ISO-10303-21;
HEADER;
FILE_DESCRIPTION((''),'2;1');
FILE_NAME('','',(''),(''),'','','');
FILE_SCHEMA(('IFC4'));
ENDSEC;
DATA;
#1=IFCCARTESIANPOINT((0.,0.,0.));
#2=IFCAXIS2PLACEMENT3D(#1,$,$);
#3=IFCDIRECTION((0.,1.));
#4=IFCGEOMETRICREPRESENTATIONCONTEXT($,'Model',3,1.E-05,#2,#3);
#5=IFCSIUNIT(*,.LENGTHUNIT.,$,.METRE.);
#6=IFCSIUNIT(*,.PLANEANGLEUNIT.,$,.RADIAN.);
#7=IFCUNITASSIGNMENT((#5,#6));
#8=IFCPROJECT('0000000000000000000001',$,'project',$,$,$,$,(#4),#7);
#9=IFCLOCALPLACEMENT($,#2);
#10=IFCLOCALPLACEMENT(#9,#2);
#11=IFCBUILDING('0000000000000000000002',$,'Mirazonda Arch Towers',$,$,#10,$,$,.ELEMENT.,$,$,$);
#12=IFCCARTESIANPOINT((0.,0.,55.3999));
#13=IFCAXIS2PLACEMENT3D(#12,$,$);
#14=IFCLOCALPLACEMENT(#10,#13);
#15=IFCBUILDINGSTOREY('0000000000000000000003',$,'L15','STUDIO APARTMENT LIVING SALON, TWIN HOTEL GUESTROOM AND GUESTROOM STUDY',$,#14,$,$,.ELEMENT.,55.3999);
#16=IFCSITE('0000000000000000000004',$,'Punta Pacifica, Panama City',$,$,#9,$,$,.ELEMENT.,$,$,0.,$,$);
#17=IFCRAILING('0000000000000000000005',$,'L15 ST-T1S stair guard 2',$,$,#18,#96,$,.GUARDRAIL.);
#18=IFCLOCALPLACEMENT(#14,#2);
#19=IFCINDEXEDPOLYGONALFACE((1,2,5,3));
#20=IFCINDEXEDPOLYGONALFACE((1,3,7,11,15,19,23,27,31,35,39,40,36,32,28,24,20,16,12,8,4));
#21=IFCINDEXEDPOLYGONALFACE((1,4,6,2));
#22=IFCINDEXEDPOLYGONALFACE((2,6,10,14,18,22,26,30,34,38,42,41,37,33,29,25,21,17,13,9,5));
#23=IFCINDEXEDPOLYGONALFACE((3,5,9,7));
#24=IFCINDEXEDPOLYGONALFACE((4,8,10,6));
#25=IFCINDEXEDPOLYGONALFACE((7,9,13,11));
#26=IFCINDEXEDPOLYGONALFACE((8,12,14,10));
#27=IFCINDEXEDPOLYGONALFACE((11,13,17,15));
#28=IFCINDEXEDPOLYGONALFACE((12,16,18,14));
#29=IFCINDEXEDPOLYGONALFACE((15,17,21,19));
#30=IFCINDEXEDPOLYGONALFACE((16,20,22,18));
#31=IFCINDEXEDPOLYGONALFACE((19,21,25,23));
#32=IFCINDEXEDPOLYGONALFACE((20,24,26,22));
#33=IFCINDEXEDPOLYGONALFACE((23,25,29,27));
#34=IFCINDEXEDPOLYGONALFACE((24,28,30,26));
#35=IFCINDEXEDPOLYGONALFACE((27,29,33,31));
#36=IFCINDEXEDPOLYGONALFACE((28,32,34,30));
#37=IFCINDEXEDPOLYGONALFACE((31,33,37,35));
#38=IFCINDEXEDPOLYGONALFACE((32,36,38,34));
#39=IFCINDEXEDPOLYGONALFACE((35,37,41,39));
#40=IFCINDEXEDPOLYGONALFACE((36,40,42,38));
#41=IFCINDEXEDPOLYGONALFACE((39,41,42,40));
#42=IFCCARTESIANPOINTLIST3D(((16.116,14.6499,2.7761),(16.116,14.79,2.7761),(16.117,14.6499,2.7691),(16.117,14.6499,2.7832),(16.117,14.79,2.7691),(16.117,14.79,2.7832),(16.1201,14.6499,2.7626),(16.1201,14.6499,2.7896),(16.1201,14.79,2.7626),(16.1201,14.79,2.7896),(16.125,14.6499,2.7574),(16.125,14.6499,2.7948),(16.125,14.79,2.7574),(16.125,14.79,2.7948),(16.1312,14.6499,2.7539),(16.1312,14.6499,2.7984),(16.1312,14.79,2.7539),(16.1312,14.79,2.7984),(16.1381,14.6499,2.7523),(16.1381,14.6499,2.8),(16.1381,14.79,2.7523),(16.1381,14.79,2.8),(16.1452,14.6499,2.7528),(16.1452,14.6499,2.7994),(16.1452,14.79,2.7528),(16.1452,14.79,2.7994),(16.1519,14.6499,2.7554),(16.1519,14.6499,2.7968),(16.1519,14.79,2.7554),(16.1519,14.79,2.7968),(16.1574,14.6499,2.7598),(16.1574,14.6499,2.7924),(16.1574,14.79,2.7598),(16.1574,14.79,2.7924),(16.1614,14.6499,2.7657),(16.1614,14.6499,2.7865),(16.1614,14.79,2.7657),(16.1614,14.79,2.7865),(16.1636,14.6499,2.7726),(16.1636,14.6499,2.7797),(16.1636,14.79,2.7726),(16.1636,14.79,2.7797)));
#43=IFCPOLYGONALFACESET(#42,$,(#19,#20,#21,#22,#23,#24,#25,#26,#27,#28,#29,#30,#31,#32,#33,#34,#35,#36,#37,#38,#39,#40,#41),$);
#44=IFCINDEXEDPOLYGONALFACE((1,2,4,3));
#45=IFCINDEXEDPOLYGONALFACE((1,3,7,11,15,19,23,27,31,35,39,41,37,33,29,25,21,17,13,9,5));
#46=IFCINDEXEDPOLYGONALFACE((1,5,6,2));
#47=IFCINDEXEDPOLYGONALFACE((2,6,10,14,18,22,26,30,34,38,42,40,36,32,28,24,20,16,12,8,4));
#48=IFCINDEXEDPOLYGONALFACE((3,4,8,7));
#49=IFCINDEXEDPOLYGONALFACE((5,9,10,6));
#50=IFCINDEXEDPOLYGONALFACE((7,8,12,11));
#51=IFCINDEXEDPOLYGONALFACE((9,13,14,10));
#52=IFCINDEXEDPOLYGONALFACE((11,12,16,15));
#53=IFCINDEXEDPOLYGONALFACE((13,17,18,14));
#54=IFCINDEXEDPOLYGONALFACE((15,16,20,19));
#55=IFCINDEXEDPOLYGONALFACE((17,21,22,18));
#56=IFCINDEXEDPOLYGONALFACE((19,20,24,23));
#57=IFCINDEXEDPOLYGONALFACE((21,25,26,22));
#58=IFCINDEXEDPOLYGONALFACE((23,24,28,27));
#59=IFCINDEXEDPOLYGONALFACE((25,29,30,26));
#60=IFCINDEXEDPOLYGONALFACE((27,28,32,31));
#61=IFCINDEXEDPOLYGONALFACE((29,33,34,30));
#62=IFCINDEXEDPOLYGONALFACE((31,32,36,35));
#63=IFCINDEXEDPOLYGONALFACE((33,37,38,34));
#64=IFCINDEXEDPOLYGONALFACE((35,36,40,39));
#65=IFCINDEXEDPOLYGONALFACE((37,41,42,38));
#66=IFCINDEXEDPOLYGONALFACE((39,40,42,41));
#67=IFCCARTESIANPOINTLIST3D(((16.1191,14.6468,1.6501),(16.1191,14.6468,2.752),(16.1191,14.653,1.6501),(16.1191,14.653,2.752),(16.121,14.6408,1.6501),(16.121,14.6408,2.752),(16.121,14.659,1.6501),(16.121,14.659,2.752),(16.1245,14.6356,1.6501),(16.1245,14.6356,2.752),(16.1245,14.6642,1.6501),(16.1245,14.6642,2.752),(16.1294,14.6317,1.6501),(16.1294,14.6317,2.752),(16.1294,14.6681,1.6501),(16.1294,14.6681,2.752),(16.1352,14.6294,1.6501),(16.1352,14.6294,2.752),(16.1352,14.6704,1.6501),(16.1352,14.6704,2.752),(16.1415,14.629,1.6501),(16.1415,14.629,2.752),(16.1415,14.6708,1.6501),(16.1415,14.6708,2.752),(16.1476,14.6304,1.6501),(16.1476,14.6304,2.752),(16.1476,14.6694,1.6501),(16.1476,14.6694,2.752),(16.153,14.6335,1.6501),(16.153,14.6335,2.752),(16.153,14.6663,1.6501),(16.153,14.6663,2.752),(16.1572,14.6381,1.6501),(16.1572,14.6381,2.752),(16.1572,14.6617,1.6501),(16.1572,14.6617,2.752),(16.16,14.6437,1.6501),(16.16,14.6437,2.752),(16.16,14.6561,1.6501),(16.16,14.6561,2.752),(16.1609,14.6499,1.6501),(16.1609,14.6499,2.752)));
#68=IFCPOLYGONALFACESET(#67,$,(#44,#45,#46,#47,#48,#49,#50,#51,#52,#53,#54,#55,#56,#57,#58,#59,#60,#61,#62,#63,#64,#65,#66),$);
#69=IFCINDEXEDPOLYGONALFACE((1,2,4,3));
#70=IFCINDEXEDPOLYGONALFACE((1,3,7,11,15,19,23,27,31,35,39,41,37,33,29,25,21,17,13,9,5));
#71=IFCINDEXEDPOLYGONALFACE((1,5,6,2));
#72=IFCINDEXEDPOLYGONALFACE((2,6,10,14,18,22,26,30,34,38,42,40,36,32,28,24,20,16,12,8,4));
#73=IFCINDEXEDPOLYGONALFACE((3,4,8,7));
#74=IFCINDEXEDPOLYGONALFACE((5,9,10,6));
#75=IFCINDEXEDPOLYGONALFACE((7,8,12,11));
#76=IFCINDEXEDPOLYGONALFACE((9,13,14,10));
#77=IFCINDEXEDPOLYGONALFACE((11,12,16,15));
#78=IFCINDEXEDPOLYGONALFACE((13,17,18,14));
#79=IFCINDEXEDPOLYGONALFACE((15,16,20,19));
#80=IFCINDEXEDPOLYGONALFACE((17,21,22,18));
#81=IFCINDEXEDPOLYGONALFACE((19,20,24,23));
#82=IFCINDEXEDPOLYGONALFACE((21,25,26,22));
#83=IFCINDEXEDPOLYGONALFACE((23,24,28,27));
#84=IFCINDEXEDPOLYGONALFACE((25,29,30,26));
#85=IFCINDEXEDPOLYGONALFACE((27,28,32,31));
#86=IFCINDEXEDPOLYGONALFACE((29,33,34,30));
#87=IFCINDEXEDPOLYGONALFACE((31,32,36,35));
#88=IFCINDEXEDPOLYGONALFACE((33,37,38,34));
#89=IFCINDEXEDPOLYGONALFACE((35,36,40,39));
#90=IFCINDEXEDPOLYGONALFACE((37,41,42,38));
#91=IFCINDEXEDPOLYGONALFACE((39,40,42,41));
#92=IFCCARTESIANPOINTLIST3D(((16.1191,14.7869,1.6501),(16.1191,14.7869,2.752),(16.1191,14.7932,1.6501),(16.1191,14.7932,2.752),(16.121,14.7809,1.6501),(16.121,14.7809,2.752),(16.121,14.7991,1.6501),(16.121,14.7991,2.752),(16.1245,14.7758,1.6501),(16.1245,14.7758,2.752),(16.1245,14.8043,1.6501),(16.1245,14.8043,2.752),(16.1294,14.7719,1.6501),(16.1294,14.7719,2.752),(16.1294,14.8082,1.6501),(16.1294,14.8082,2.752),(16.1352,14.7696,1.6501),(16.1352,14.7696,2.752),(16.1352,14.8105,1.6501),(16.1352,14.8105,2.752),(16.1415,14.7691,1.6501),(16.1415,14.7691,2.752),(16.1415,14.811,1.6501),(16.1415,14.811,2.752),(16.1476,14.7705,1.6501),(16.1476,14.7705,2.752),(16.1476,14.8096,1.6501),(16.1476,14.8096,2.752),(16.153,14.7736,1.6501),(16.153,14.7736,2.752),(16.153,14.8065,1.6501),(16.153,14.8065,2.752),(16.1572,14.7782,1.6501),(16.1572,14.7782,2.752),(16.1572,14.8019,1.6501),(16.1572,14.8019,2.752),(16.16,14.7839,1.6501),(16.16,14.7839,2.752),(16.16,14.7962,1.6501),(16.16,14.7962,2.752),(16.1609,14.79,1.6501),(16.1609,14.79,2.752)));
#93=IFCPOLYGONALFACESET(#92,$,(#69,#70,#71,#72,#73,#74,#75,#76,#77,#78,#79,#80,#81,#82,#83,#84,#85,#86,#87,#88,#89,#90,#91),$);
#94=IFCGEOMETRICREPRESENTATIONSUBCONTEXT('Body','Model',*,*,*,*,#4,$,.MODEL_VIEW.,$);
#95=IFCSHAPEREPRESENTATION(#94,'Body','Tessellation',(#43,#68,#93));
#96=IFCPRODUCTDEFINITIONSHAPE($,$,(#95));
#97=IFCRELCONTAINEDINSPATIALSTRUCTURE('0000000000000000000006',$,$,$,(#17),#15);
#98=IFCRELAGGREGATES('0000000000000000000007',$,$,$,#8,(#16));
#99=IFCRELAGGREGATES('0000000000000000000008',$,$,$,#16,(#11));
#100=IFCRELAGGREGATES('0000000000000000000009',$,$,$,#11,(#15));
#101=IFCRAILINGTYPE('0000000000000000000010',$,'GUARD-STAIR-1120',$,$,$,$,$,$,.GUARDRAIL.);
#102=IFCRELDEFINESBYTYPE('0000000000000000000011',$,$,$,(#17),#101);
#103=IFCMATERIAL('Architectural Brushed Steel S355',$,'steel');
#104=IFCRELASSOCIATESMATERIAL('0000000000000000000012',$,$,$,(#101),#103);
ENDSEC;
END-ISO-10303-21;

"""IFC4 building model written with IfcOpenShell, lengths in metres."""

from ifc_helpers import new_model, si_unit, direction, frame, origin, origin_2d, place, context, subcontext, project, spatial, circle, extrude, material, type_object, element, save


model = new_model("IFC4")

# Units and contexts
model_context = context("Model", 3, precision=1e-05, world=origin(), true_north=direction((0.0, 1.0)))
body_context = subcontext(model_context, "Body", "Model", "MODEL_VIEW")
ifc_project = project(units=[si_unit("LENGTHUNIT", "METRE"), si_unit("PLANEANGLEUNIT", "RADIAN")], contexts=[model_context])

# Site, building, storey
site_placement = place(None, origin())
site = spatial("IfcSite", under=ifc_project, at=site_placement, Name="Punta Pacifica, Panama City", CompositionType="ELEMENT", RefElevation=0.0)
building_placement = place(site_placement, origin())
building = spatial("IfcBuilding", under=site, at=building_placement, Name="Mirazonda Arch Towers", CompositionType="ELEMENT")
storey_placement = place(building_placement, frame((0.0, 0.0, 55.3999)))
storey = spatial("IfcBuildingStorey", under=building, at=storey_placement, Name="L15", Description="STUDIO APARTMENT LIVING SALON, TWIN HOTEL GUESTROOM AND GUESTROOM STUDY", CompositionType="ELEMENT", Elevation=55.3999)

# Railing
ifc_material_1 = material(Name="Architectural Brushed Steel S355", Category="steel")
railing_type_1 = type_object("IfcRailingType", Name="GUARD-STAIR-1120", PredefinedType="GUARDRAIL", material=ifc_material_1)
railing_1_placement = place(storey_placement, frame((16.1399, 14.6499, 1.6501)))
element("IfcRailing", 1, at=railing_1_placement, inside=storey, type_object=railing_type_1, Name="L15 ST-T1S stair guard 2", PredefinedType="GUARDRAIL", context=body_context, shape_type="SweptSolid", body=[
    extrude(circle(Radius=0.0239, at=origin_2d()), frame((0.0, 0.0, 1.126), z_axis=(0.0, 1.0, 0.0), x_axis=(-1.0, 0.0, 0.0)), (0.0, 0.0, 1.0), 0.1401),
    extrude(circle(Radius=0.021, at=origin_2d()), origin(), (0.0, 0.0, 1.0), 1.1018),
    extrude(circle(Radius=0.021, at=origin_2d()), frame((0.0, 0.1401, 0.0)), (0.0, 0.0, 1.0), 1.1018),
])

save(model, "model.ifc")
